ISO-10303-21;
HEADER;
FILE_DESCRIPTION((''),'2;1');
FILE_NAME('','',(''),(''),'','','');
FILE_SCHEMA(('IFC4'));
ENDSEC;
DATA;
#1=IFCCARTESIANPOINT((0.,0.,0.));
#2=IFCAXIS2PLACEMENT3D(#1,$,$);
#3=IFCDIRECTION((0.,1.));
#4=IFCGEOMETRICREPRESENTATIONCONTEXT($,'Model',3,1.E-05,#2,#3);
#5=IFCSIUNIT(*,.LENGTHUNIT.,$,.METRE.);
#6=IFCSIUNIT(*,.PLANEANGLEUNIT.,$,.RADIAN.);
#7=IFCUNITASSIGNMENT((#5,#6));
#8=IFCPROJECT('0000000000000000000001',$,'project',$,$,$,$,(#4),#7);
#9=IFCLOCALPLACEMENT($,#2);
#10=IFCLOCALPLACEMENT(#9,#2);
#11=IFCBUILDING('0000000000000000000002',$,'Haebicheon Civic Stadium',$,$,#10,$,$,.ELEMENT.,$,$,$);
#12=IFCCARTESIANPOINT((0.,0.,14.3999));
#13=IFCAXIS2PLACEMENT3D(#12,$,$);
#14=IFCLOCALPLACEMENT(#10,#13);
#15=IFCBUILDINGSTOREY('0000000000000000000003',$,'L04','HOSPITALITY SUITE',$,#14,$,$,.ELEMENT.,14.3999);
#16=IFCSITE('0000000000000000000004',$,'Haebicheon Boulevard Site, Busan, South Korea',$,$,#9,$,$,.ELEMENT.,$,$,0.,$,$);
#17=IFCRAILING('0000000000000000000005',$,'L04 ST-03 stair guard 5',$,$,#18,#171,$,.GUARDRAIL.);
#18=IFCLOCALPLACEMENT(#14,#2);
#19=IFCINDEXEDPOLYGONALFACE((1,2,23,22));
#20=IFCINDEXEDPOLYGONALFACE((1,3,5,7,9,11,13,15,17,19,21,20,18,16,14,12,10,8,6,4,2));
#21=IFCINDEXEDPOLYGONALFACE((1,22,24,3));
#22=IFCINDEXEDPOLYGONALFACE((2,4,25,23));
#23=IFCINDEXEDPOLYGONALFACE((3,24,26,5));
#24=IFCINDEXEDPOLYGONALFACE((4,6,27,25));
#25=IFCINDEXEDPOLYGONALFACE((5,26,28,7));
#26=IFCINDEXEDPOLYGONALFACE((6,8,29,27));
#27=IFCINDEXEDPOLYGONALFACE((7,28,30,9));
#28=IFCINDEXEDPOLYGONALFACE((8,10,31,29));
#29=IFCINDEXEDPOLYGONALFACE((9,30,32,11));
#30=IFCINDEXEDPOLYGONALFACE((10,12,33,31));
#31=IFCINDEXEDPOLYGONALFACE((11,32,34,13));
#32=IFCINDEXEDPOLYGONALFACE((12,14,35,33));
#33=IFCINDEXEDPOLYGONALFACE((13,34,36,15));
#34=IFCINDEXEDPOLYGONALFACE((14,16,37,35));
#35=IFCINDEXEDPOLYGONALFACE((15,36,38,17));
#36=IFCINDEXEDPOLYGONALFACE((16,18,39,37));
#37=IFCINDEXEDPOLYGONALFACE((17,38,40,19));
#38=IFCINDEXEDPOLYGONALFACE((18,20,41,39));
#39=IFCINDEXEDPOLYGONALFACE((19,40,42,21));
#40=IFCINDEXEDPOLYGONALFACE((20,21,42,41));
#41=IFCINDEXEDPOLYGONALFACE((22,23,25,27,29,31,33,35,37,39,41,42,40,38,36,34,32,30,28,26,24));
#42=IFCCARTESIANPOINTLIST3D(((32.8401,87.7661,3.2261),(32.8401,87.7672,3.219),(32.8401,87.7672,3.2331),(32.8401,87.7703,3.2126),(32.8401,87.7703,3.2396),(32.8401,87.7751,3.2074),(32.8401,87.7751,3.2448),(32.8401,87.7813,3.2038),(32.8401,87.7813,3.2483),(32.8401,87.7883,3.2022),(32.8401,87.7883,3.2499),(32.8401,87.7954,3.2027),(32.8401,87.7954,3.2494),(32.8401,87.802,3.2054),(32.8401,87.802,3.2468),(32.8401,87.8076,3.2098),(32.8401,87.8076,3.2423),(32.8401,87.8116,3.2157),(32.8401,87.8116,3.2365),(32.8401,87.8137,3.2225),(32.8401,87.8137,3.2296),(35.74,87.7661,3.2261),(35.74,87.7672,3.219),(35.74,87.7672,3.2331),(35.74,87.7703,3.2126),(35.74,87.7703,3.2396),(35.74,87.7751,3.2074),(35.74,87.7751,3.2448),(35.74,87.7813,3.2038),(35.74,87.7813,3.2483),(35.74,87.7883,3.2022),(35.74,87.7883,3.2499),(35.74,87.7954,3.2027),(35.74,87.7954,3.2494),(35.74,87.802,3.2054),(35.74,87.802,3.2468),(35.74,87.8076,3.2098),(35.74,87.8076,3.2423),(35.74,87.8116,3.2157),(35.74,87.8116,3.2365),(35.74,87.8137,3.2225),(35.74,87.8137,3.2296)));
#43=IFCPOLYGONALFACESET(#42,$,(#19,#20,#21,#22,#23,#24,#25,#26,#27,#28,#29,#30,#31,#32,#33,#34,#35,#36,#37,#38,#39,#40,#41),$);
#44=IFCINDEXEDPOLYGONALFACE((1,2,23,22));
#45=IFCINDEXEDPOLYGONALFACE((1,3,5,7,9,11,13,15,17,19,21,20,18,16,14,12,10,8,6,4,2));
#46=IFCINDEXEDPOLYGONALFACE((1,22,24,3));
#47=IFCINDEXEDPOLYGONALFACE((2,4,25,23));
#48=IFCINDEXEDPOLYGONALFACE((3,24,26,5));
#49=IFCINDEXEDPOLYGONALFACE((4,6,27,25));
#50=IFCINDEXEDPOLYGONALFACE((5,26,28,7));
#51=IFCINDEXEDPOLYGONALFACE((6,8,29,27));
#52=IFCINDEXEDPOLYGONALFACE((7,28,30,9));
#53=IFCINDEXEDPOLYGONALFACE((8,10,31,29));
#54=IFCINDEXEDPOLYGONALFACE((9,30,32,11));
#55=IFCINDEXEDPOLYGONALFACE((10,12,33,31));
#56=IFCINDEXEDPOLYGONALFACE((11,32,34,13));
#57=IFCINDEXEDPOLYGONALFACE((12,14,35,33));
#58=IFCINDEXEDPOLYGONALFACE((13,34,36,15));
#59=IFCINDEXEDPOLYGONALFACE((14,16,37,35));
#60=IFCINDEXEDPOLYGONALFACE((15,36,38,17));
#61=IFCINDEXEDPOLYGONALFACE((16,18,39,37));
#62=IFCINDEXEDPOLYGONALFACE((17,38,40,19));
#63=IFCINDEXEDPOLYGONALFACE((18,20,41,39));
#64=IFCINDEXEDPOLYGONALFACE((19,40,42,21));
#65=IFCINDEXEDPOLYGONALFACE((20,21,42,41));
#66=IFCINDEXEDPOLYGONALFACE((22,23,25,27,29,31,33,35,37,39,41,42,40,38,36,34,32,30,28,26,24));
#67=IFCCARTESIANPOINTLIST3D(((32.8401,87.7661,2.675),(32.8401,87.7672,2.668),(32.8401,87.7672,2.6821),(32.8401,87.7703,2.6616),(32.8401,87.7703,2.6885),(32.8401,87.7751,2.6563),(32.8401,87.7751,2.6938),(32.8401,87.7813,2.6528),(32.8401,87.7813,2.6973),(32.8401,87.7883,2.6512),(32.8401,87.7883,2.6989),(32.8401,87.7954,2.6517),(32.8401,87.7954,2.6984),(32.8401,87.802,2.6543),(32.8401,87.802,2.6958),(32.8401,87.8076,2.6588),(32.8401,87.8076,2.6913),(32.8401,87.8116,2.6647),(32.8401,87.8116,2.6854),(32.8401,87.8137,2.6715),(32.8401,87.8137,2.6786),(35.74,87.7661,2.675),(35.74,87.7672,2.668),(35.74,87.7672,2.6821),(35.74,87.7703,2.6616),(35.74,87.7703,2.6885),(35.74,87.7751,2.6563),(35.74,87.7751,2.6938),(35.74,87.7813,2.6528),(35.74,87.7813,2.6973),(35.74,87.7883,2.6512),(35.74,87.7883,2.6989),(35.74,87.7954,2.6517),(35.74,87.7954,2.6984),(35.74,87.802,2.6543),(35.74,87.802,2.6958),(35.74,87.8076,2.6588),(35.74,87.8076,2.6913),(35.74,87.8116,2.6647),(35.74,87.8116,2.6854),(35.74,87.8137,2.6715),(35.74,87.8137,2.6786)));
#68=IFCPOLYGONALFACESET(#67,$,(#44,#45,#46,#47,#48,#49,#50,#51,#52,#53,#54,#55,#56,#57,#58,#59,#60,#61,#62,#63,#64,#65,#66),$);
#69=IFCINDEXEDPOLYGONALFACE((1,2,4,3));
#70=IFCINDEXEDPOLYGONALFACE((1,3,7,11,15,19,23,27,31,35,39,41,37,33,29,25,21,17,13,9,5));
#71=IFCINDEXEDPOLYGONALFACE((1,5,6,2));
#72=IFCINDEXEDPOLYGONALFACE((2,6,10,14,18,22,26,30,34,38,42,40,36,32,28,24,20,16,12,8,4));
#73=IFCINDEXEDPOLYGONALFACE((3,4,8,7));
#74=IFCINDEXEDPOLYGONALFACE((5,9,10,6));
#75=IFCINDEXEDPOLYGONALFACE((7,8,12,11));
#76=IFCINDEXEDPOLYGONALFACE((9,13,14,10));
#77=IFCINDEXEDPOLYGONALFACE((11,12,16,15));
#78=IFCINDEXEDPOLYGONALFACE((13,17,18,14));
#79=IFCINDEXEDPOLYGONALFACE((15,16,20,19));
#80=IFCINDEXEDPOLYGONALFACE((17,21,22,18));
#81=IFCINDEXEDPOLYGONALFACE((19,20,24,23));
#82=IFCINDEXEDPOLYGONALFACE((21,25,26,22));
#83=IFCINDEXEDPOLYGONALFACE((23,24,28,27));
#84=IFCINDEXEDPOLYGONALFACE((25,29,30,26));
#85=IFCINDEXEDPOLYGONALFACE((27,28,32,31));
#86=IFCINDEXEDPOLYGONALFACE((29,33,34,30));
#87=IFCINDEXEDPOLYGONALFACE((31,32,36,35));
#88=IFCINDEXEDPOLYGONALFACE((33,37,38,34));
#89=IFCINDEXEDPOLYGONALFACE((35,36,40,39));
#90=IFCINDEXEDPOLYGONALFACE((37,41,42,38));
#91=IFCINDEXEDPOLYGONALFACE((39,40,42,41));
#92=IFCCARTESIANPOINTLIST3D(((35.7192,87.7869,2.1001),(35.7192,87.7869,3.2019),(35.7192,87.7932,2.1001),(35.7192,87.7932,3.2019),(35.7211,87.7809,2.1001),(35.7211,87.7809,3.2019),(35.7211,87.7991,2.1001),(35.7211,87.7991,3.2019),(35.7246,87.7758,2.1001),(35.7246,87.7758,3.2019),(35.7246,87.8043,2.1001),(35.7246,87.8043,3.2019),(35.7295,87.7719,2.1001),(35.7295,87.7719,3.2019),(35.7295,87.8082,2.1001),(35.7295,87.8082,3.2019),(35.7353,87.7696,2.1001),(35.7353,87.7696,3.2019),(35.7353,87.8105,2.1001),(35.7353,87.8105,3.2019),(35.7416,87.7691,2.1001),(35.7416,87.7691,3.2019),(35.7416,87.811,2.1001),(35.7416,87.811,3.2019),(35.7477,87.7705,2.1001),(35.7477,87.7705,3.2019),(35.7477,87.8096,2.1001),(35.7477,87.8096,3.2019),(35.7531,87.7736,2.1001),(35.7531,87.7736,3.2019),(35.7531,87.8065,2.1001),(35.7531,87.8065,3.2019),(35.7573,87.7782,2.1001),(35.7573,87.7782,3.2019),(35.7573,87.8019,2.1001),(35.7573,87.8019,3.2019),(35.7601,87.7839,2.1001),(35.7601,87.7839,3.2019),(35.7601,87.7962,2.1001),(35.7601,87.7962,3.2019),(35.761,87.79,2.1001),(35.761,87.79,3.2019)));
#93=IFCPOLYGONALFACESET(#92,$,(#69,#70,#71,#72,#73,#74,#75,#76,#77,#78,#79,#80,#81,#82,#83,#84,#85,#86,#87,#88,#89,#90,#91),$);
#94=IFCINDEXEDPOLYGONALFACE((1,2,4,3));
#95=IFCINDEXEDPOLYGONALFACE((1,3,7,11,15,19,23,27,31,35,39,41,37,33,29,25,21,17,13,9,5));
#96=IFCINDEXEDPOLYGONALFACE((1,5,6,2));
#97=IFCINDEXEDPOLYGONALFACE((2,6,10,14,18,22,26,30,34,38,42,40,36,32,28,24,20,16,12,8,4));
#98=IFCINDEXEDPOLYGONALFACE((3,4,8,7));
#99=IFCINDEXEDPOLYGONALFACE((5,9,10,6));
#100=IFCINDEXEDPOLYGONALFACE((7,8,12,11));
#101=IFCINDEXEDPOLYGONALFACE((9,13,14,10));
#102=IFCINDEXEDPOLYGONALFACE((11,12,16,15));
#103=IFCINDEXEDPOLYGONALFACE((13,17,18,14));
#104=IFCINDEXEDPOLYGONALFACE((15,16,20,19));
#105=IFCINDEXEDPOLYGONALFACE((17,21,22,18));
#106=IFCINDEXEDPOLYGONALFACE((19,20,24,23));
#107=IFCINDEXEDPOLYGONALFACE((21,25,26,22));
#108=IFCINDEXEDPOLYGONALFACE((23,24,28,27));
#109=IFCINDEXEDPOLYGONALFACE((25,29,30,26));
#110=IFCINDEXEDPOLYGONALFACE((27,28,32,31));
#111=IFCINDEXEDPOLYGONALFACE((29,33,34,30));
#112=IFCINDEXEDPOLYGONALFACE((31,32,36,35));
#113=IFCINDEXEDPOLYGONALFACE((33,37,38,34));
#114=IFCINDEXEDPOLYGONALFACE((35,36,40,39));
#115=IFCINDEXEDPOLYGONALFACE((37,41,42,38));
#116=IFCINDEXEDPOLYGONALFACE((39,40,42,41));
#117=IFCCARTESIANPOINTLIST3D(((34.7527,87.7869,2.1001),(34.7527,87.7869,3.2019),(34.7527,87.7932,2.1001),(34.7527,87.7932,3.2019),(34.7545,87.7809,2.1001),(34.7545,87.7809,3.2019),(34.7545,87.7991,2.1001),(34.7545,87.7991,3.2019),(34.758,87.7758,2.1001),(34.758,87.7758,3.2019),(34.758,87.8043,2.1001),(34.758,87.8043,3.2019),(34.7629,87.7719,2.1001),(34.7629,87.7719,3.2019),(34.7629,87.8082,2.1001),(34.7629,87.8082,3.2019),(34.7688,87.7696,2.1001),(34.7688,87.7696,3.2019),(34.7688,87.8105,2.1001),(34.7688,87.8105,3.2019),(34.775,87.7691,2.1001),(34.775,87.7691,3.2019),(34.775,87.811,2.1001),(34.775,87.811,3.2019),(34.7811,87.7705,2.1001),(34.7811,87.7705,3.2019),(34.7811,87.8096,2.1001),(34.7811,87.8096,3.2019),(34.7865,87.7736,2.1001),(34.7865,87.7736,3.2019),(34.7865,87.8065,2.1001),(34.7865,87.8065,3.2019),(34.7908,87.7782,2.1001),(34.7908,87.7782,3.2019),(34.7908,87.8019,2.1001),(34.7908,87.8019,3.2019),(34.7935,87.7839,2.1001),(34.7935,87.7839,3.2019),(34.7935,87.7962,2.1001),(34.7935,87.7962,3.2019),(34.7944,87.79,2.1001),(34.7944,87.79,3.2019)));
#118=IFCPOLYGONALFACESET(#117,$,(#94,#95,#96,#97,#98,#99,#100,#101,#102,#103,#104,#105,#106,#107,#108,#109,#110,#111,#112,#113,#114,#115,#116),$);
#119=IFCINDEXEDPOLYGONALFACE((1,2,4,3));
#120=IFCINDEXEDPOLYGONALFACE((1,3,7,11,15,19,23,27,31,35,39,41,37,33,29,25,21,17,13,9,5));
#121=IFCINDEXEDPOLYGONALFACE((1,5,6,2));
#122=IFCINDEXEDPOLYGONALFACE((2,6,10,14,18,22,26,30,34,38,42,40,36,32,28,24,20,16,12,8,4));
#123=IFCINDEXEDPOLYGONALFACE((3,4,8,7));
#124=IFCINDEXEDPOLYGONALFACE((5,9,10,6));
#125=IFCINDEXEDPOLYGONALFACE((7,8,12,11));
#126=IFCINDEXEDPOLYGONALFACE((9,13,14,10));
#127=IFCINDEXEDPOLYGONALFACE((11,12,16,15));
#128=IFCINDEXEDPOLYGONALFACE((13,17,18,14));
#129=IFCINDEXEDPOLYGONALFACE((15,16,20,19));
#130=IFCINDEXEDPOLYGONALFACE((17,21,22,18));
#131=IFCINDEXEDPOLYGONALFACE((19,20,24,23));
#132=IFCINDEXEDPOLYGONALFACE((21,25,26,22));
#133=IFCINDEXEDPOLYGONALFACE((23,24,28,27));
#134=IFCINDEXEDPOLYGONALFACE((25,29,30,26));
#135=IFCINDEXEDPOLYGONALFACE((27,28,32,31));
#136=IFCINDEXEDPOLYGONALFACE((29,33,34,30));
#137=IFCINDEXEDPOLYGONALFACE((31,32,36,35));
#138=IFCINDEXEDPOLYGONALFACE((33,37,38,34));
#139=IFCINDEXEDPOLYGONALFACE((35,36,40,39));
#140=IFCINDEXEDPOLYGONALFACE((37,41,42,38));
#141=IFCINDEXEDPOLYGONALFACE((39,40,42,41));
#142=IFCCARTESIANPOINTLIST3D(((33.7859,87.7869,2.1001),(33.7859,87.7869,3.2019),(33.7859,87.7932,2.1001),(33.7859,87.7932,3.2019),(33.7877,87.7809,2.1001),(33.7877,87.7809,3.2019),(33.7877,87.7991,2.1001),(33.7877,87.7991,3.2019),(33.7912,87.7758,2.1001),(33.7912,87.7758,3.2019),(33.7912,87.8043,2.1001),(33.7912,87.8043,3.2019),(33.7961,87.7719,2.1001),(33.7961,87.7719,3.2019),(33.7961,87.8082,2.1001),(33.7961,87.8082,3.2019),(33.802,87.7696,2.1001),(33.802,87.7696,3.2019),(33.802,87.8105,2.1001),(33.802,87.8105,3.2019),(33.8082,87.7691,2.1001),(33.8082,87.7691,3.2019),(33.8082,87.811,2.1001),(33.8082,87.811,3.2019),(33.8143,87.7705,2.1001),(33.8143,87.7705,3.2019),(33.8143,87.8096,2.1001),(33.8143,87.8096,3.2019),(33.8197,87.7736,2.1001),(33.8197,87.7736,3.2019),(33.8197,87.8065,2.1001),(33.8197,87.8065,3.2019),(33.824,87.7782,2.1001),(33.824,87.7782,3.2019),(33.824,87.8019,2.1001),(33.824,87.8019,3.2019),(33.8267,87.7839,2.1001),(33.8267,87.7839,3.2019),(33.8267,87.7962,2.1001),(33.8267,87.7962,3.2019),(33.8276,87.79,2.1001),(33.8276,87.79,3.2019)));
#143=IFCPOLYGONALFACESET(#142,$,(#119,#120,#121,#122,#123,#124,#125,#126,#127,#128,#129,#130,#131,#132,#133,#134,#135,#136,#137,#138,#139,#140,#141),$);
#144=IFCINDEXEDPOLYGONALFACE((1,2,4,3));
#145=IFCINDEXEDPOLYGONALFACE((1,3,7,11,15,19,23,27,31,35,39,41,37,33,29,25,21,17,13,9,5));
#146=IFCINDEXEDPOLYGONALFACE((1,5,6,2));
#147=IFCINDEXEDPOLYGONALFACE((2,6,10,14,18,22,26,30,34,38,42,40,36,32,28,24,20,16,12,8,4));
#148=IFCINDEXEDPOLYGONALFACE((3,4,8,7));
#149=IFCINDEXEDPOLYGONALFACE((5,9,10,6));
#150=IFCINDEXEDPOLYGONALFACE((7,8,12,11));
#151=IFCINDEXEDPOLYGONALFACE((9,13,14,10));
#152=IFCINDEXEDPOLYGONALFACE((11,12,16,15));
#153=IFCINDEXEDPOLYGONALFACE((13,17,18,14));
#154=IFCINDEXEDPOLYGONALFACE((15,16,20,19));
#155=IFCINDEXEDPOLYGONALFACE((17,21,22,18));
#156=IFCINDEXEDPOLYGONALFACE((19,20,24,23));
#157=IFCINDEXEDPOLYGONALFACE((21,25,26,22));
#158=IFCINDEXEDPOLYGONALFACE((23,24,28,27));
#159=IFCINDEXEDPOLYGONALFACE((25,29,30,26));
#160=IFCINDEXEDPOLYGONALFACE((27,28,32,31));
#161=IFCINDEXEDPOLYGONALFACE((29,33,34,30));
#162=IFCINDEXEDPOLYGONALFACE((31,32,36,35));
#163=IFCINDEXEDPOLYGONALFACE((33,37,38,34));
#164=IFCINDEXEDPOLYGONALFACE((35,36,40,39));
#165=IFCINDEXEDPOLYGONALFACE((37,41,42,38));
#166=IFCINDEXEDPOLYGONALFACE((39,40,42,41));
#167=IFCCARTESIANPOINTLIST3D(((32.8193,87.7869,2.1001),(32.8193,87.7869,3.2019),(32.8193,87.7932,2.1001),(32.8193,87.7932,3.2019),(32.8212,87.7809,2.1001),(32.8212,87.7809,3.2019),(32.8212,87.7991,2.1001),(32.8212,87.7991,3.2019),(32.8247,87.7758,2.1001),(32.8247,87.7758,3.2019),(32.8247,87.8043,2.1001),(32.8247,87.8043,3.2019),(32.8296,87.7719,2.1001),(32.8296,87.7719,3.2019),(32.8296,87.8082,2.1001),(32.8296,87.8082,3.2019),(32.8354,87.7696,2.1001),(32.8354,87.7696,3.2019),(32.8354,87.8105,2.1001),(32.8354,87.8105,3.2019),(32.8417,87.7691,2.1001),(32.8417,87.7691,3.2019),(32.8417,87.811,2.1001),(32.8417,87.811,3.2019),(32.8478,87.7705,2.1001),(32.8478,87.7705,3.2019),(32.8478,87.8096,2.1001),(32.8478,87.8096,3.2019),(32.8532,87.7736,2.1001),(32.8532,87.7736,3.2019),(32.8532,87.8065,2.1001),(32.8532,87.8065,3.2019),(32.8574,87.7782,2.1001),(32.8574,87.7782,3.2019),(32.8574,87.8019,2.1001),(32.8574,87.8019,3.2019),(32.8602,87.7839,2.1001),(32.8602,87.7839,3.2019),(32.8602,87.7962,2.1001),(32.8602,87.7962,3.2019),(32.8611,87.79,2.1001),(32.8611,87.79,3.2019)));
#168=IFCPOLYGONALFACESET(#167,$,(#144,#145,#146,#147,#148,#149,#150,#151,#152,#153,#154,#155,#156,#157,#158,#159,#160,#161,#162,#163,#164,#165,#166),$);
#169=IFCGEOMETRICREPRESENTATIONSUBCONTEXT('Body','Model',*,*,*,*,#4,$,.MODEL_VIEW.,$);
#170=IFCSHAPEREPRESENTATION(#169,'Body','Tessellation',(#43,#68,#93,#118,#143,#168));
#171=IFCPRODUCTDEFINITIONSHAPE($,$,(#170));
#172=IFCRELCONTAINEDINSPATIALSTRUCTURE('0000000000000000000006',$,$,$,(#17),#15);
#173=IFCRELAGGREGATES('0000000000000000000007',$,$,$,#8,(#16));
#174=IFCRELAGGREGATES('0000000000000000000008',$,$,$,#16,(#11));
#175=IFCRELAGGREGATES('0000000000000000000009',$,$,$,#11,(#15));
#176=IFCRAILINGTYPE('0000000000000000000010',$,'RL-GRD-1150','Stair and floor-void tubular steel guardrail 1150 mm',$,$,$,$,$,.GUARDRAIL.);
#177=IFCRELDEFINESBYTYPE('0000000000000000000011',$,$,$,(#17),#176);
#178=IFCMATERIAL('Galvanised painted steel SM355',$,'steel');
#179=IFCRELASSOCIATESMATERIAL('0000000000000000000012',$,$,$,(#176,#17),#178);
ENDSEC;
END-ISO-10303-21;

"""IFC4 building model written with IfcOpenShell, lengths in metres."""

from ifc_helpers import new_model, si_unit, direction, frame, origin, origin_2d, place, context, subcontext, project, spatial, circle, extrude, material, type_object, element, save


model = new_model("IFC4")

# Units and contexts
model_context = context("Model", 3, precision=1e-05, world=origin(), true_north=direction((0.0, 1.0)))
body_context = subcontext(model_context, "Body", "Model", "MODEL_VIEW")
ifc_project = project(units=[si_unit("LENGTHUNIT", "METRE"), si_unit("PLANEANGLEUNIT", "RADIAN")], contexts=[model_context])

# Site, building, storey
site_placement = place(None, origin())
site = spatial("IfcSite", under=ifc_project, at=site_placement, Name="Haebicheon Boulevard Site, Busan, South Korea", CompositionType="ELEMENT", RefElevation=0.0)
building_placement = place(site_placement, origin())
building = spatial("IfcBuilding", under=site, at=building_placement, Name="Haebicheon Civic Stadium", CompositionType="ELEMENT")
storey_placement = place(building_placement, frame((0.0, 0.0, 14.3999)))
storey = spatial("IfcBuildingStorey", under=building, at=storey_placement, Name="L04", Description="HOSPITALITY SUITE", CompositionType="ELEMENT", Elevation=14.3999)

# Railing
ifc_material_1 = material(Name="Galvanised painted steel SM355", Category="steel")
railing_type_1 = type_object("IfcRailingType", Name="RL-GRD-1150", Description="Stair and floor-void tubular steel guardrail 1150 mm", PredefinedType="GUARDRAIL", material=ifc_material_1)
railing_1_placement = place(storey_placement, frame((35.74, 87.79, 2.1001)))
element("IfcRailing", 1, at=railing_1_placement, inside=storey, type_object=railing_type_1, material=ifc_material_1, Name="L04 ST-03 stair guard 5", PredefinedType="GUARDRAIL", context=body_context, shape_type="SweptSolid", body=[
    extrude(circle(Radius=0.0239, at=origin_2d()), frame((0.0, 0.0, 1.126), z_axis=(-1.0, 0.0, 0.0), x_axis=(0.0, -1.0, 0.0)), (0.0, 0.0, 1.0), 2.8999),
    extrude(circle(Radius=0.0239, at=origin_2d()), frame((0.0, 0.0, 0.575), z_axis=(-1.0, 0.0, 0.0), x_axis=(0.0, -1.0, 0.0)), (0.0, 0.0, 1.0), 2.8999),
    extrude(circle(Radius=0.021, at=origin_2d()), origin(), (0.0, 0.0, 1.0), 1.1018),
    extrude(circle(Radius=0.021, at=origin_2d()), frame((-0.9666, 0.0, 0.0)), (0.0, 0.0, 1.0), 1.1018),
    extrude(circle(Radius=0.021, at=origin_2d()), frame((-1.9333, 0.0, 0.0)), (0.0, 0.0, 1.0), 1.1018),
    extrude(circle(Radius=0.021, at=origin_2d()), frame((-2.8999, 0.0, 0.0)), (0.0, 0.0, 1.0), 1.1018),
])

save(model, "model.ifc")
